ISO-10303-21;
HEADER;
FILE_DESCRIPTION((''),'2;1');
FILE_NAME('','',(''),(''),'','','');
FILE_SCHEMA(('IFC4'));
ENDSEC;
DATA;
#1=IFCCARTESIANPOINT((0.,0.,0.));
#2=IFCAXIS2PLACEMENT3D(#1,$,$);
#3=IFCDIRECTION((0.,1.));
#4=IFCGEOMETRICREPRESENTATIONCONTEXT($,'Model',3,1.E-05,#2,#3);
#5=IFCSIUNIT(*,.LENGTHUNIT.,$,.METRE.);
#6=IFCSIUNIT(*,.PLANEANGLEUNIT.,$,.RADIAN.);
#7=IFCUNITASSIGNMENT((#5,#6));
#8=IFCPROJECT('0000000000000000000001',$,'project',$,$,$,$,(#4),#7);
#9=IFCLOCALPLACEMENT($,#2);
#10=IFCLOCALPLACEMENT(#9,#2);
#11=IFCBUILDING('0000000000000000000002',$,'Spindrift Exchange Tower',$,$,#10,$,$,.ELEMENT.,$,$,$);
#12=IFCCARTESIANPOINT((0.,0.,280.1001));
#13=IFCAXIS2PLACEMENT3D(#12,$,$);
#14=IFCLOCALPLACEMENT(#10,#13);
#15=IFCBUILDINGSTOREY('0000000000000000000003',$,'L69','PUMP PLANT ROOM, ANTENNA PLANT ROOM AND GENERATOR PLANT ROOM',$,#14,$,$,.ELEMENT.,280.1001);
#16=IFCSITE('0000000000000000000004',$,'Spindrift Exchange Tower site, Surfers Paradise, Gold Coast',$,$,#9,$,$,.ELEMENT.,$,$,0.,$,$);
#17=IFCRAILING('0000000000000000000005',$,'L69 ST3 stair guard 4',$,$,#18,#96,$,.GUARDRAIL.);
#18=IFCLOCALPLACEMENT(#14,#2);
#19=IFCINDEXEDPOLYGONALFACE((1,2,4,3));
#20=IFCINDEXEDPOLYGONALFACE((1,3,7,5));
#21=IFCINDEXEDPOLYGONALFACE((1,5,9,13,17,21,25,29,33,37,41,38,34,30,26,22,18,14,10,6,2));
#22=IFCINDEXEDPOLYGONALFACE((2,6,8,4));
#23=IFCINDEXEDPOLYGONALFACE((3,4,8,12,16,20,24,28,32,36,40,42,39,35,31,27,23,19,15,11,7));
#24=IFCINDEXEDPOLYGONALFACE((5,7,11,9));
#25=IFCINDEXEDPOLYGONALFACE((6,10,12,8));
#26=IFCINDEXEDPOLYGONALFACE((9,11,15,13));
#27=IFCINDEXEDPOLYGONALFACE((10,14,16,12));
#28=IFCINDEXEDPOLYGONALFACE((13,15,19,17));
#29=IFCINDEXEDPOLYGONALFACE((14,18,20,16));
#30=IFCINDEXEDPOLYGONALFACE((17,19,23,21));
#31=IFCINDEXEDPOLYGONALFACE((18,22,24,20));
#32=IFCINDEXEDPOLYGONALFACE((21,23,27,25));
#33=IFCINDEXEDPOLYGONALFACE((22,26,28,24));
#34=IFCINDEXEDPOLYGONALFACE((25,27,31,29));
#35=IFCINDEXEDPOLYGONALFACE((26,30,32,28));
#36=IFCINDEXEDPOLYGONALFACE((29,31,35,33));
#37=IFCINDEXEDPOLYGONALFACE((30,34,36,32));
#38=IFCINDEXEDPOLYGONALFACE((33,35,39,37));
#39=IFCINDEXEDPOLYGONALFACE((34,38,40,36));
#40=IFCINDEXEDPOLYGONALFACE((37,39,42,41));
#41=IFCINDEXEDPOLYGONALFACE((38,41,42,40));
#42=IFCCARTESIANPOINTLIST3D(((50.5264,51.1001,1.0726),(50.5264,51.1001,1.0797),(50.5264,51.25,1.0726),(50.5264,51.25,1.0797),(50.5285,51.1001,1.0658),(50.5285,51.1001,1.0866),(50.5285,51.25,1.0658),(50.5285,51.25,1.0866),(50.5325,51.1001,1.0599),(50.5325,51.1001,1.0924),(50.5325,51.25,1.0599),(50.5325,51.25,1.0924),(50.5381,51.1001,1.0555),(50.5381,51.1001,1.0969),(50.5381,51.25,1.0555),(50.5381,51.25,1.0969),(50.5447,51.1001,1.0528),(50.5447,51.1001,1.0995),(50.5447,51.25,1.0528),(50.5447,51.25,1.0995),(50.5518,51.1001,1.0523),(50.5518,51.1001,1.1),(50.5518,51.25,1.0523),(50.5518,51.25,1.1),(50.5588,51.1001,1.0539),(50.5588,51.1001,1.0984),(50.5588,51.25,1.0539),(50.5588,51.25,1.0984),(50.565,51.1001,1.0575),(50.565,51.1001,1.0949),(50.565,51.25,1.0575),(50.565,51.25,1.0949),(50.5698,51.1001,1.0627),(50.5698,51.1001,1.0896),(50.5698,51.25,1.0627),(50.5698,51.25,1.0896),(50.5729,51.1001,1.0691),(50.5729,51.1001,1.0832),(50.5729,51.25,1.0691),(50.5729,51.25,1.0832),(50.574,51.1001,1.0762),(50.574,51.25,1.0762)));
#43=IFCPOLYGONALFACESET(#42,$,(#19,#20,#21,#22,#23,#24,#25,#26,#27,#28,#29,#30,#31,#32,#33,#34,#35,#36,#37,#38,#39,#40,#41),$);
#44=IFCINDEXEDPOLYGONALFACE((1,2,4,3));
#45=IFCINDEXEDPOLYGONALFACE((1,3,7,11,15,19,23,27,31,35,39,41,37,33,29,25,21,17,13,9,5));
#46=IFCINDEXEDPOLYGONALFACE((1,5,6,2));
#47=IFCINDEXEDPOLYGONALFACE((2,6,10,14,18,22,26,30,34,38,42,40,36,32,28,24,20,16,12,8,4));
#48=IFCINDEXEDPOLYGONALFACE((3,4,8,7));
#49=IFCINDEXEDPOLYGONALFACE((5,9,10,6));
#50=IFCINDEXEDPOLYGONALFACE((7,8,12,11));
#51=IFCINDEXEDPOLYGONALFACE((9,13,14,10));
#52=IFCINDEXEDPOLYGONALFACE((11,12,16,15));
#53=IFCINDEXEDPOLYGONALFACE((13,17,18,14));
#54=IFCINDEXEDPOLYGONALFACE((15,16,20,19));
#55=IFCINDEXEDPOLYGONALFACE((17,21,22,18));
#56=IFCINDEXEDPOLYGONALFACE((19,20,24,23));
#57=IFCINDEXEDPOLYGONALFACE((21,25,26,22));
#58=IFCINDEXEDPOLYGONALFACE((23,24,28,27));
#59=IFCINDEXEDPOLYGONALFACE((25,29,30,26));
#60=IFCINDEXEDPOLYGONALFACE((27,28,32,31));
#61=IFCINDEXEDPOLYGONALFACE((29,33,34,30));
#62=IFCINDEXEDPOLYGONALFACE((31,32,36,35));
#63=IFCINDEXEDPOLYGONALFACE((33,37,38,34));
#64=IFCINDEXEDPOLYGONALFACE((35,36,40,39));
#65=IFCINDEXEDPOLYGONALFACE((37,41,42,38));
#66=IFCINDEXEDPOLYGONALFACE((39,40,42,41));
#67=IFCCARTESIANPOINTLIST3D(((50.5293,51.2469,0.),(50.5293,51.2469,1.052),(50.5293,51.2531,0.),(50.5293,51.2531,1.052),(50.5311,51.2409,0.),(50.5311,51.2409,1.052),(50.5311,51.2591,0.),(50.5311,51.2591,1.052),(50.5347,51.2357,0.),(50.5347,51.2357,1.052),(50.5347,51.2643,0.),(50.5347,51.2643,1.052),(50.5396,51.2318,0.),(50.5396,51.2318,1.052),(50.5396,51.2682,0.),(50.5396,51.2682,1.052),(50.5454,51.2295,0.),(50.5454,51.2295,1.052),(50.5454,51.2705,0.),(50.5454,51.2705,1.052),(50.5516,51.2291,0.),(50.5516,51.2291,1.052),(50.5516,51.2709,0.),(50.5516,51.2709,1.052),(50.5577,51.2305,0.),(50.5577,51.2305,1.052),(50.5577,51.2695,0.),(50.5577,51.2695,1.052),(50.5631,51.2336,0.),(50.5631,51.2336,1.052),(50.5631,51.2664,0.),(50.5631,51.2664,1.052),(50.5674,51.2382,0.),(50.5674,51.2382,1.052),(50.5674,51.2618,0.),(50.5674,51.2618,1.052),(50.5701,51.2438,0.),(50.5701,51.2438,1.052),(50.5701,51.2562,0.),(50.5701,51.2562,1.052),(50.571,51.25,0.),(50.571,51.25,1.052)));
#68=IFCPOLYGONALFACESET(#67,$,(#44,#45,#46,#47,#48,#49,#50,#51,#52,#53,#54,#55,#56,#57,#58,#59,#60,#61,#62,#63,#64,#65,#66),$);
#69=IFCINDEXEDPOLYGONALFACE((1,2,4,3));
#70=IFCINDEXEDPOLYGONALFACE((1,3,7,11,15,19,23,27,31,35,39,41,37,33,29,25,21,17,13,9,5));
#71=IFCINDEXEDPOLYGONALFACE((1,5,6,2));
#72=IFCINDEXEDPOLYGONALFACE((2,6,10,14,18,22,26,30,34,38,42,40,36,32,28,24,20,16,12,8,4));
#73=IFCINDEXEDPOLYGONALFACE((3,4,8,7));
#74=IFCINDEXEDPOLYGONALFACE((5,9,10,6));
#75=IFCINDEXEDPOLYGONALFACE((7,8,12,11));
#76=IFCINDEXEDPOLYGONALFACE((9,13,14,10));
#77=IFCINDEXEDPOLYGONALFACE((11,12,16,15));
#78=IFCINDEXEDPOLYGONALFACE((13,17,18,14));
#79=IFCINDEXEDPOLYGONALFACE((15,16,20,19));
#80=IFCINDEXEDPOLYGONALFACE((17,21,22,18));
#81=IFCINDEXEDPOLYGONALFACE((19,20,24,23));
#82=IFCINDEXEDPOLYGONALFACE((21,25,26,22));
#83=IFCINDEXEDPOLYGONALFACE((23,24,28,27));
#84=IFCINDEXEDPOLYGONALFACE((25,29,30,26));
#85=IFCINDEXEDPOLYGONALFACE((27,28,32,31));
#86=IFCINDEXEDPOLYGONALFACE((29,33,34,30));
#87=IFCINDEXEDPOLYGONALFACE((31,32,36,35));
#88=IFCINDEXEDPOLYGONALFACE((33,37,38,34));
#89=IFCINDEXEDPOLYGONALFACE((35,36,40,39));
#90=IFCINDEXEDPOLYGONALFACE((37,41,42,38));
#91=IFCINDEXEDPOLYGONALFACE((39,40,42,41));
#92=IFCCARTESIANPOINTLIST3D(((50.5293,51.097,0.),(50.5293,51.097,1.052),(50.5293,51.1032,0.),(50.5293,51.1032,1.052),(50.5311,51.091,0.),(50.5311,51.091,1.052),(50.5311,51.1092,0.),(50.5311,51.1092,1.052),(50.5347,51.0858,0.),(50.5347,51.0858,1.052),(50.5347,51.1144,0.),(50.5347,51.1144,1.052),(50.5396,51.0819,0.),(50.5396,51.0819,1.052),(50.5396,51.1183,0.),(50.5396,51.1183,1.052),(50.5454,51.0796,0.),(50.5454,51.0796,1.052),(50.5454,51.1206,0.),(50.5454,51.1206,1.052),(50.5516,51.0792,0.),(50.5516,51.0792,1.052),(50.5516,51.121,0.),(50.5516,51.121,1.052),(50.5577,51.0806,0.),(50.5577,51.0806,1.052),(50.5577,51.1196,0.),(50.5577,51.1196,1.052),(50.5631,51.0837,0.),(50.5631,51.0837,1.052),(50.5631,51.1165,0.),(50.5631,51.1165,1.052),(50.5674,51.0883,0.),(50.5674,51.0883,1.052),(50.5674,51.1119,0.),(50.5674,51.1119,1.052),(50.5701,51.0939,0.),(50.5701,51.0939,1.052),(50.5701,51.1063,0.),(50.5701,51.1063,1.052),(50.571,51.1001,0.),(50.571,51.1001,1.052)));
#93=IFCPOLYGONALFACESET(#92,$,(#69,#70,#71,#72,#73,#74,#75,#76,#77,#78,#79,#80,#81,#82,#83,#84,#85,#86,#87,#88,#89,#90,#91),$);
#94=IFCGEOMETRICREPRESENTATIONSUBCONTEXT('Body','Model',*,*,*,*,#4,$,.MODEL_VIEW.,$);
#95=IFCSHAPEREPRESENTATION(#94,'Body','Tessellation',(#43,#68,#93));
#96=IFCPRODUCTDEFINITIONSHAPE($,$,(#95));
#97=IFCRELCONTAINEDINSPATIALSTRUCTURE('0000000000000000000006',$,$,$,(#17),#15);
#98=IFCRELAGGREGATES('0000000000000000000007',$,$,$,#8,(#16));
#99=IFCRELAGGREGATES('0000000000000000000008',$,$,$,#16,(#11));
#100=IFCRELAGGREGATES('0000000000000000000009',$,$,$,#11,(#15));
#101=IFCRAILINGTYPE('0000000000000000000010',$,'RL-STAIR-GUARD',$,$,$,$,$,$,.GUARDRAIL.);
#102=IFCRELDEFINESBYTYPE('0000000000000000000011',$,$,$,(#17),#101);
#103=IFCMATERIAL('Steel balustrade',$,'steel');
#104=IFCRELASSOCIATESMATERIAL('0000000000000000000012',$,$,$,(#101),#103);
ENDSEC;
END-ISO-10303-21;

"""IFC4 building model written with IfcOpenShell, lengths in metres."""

from ifc_helpers import new_model, si_unit, direction, frame, origin, origin_2d, place, context, subcontext, project, spatial, circle, extrude, material, type_object, element, save


model = new_model("IFC4")

# Units and contexts
model_context = context("Model", 3, precision=1e-05, world=origin(), true_north=direction((0.0, 1.0)))
body_context = subcontext(model_context, "Body", "Model", "MODEL_VIEW")
ifc_project = project(units=[si_unit("LENGTHUNIT", "METRE"), si_unit("PLANEANGLEUNIT", "RADIAN")], contexts=[model_context])

# Site, building, storey
site_placement = place(None, origin())
site = spatial("IfcSite", under=ifc_project, at=site_placement, Name="Spindrift Exchange Tower site, Surfers Paradise, Gold Coast", CompositionType="ELEMENT", RefElevation=0.0)
building_placement = place(site_placement, origin())
building = spatial("IfcBuilding", under=site, at=building_placement, Name="Spindrift Exchange Tower", CompositionType="ELEMENT")
storey_placement = place(building_placement, frame((0.0, 0.0, 280.1001)))
storey = spatial("IfcBuildingStorey", under=building, at=storey_placement, Name="L69", Description="PUMP PLANT ROOM, ANTENNA PLANT ROOM AND GENERATOR PLANT ROOM", CompositionType="ELEMENT", Elevation=280.1001)

# Railing
ifc_material_1 = material(Name="Steel balustrade", Category="steel")
railing_type_1 = type_object("IfcRailingType", Name="RL-STAIR-GUARD", PredefinedType="GUARDRAIL", material=ifc_material_1)
railing_1_placement = place(storey_placement, frame((50.55, 51.25, 0.0)))
element("IfcRailing", 1, at=railing_1_placement, inside=storey, type_object=railing_type_1, Name="L69 ST3 stair guard 4", PredefinedType="GUARDRAIL", context=body_context, shape_type="SweptSolid", body=[
    extrude(circle(Radius=0.0239, at=origin_2d()), frame((0.0, 0.0, 1.0762), z_axis=(0.0, -1.0, 0.0), x_axis=(1.0, 0.0, 0.0)), (0.0, 0.0, 1.0), 0.1499),
    extrude(circle(Radius=0.021, at=origin_2d()), origin(), (0.0, 0.0, 1.0), 1.052),
    extrude(circle(Radius=0.021, at=origin_2d()), frame((0.0, -0.1499, 0.0)), (0.0, 0.0, 1.0), 1.052),
])

save(model, "model.ifc")
